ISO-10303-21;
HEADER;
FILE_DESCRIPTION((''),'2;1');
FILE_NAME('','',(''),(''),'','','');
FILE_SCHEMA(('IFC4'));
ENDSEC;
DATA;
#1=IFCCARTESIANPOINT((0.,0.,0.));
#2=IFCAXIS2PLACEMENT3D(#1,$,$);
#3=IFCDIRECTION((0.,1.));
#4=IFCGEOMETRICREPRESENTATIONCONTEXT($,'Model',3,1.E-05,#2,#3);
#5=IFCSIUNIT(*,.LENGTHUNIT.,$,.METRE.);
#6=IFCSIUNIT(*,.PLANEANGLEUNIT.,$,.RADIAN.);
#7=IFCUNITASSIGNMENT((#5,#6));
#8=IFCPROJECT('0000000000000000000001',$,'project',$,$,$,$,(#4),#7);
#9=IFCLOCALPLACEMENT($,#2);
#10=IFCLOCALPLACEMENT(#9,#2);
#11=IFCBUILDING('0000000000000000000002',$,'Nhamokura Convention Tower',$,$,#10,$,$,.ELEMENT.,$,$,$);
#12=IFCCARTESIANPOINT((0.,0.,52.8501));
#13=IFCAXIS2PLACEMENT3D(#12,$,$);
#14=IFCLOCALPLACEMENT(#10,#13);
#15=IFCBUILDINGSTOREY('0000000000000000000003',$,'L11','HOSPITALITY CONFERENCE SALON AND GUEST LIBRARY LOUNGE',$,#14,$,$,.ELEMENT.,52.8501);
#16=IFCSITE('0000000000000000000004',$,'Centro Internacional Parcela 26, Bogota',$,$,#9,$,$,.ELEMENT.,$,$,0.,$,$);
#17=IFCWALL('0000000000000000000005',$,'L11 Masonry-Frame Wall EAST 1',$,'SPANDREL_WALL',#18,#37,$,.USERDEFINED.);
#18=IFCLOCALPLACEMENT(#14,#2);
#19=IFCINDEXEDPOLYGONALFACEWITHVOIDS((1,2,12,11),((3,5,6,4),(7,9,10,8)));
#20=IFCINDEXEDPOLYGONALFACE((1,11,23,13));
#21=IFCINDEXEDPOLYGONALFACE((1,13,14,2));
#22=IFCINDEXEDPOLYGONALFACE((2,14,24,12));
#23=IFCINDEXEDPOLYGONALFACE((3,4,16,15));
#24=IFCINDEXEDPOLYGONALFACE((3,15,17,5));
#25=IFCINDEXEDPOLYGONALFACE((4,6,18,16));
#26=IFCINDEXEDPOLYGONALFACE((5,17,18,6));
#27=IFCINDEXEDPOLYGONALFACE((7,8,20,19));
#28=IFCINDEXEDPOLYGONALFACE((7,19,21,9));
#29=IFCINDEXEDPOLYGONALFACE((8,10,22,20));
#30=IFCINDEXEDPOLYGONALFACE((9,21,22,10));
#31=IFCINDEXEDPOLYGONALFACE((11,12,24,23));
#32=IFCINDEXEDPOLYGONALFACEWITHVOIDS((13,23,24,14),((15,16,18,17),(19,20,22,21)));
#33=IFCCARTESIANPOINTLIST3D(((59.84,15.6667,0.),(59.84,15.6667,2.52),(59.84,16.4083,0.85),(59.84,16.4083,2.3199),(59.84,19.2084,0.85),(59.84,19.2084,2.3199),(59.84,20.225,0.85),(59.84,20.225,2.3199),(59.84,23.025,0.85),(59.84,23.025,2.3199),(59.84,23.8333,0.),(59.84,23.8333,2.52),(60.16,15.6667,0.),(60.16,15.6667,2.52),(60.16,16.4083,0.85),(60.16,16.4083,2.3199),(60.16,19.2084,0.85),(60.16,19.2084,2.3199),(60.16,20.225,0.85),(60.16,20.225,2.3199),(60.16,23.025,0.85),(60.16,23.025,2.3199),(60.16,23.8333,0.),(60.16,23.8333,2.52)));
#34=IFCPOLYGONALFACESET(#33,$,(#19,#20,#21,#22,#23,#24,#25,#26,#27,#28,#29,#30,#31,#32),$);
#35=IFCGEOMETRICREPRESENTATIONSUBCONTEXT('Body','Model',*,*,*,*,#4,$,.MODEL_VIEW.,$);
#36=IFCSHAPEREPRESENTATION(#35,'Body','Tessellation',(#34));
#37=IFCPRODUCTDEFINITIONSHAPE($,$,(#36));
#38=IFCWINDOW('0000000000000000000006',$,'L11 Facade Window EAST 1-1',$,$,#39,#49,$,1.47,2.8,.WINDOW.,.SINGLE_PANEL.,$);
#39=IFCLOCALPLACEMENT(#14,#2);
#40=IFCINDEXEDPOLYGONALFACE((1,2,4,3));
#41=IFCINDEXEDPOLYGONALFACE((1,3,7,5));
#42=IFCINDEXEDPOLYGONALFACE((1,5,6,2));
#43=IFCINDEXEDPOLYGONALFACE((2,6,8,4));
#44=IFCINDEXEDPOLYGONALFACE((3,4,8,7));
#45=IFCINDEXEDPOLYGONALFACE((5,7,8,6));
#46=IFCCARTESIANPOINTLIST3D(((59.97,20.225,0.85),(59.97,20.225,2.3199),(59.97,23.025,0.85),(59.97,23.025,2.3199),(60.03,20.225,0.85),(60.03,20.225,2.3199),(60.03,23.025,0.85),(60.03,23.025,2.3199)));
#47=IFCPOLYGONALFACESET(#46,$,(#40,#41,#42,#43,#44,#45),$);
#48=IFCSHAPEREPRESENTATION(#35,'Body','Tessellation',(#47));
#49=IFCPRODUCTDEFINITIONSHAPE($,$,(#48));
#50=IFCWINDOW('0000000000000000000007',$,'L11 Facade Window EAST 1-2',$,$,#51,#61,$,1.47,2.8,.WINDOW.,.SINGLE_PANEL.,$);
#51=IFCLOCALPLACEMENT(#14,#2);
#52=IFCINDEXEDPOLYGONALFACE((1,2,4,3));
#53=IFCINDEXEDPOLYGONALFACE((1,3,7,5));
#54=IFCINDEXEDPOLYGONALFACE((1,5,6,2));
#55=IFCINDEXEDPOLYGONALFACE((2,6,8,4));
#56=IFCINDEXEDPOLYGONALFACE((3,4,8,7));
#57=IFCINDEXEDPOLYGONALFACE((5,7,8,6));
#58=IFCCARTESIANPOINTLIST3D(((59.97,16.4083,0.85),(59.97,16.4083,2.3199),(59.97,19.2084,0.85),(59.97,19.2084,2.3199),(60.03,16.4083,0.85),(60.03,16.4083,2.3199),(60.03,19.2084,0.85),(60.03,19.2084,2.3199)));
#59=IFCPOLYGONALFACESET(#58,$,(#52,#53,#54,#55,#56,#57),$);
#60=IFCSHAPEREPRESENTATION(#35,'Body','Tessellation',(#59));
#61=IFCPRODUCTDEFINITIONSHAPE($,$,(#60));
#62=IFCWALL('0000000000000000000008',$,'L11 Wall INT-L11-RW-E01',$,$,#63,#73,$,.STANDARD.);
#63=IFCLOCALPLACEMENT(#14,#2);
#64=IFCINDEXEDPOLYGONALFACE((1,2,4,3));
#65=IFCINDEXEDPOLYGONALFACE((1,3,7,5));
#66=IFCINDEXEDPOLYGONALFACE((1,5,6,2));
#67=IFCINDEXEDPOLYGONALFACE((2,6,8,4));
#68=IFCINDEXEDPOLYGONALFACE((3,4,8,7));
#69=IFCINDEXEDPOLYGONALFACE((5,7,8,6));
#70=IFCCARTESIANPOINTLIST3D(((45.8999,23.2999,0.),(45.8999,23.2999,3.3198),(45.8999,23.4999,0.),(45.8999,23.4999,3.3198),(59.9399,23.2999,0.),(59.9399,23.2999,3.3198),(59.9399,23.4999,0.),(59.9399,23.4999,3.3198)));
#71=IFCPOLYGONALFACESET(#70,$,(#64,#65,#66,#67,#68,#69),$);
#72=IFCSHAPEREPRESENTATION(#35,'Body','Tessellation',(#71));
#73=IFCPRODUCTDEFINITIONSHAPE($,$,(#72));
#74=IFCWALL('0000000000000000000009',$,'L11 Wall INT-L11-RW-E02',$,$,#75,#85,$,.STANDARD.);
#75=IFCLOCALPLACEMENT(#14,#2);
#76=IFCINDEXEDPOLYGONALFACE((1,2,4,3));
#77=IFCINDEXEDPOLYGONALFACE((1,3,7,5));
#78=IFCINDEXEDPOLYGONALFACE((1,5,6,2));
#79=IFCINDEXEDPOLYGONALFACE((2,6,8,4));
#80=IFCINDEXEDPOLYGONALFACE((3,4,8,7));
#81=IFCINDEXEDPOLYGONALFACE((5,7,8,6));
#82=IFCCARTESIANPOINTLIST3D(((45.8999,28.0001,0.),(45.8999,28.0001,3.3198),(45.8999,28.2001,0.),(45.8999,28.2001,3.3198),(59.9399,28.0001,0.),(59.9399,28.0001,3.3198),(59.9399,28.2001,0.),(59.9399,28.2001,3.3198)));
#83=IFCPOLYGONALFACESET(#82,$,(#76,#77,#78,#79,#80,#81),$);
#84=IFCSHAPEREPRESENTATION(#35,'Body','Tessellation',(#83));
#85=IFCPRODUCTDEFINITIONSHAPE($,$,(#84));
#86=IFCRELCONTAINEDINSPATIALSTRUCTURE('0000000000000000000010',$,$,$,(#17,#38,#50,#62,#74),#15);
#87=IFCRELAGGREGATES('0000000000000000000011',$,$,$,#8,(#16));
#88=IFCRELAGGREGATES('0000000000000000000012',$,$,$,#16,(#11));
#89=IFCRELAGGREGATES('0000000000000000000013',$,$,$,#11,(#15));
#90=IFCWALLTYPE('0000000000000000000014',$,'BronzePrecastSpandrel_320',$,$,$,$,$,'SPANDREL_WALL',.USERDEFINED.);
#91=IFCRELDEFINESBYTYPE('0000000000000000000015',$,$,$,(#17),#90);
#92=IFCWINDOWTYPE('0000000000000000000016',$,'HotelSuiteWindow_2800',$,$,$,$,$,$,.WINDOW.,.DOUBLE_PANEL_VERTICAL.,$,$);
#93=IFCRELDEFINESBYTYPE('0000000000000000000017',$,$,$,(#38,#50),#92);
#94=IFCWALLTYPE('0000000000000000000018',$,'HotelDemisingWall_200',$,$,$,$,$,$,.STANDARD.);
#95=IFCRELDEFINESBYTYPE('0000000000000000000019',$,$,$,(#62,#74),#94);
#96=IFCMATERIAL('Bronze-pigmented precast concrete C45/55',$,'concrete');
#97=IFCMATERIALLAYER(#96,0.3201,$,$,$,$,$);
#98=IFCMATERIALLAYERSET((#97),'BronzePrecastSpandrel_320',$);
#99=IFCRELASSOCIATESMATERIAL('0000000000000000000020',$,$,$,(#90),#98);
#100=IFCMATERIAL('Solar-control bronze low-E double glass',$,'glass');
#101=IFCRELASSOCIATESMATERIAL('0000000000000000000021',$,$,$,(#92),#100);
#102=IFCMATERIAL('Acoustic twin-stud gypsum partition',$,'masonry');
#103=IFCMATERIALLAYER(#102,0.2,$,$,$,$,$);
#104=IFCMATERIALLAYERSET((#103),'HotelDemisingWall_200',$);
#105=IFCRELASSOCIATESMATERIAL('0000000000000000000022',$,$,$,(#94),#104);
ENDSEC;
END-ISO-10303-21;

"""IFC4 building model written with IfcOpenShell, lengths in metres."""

from ifc_helpers import new_model, si_unit, direction, frame, frame_2d, origin, place, context, subcontext, project, spatial, rectangle, extrude, material, layer, layer_set, type_object, element, fill, save


model = new_model("IFC4")

# Units and contexts
model_context = context("Model", 3, precision=1e-05, world=origin(), true_north=direction((0.0, 1.0)))
body_context = subcontext(model_context, "Body", "Model", "MODEL_VIEW")
ifc_project = project(units=[si_unit("LENGTHUNIT", "METRE"), si_unit("PLANEANGLEUNIT", "RADIAN")], contexts=[model_context])

# Site, building, storey
site_placement = place(None, origin())
site = spatial("IfcSite", under=ifc_project, at=site_placement, Name="Centro Internacional Parcela 26, Bogota", CompositionType="ELEMENT", RefElevation=0.0)
building_placement = place(site_placement, origin())
building = spatial("IfcBuilding", under=site, at=building_placement, Name="Nhamokura Convention Tower", CompositionType="ELEMENT")
storey_placement = place(building_placement, frame((0.0, 0.0, 52.8501)))
storey = spatial("IfcBuildingStorey", under=building, at=storey_placement, Name="L11", Description="HOSPITALITY CONFERENCE SALON AND GUEST LIBRARY LOUNGE", CompositionType="ELEMENT", Elevation=52.8501)

# Shared definitions
ifc_material_1 = material(Name="Bronze-pigmented precast concrete C45/55", Category="concrete")
ifc_layer_1 = layer(ifc_material_1, 0.3201)
ifc_layer_set_1 = layer_set([ifc_layer_1], Name="BronzePrecastSpandrel_320")
wall_type_1 = type_object("IfcWallType", Name="BronzePrecastSpandrel_320", ElementType="SPANDREL_WALL", PredefinedType="USERDEFINED", material=ifc_layer_set_1)

# Wall, openings, windows
wall_1_placement = place(storey_placement, frame((60.0, 23.8333, 0.0), z_axis=(0.0, 0.0, 1.0), x_axis=(0.0, -1.0, 0.0)))
wall_1 = element("IfcWall", 1, at=wall_1_placement, inside=storey, type_object=wall_type_1, Name="L11 Masonry-Frame Wall EAST 1", ObjectType="SPANDREL_WALL", PredefinedType="USERDEFINED", context=body_context, shape_type="SweptSolid", body=[
    extrude(rectangle(XDim=8.1665, YDim=0.3201, at=frame_2d((4.0833, 0.0))), origin(), (0.0, 0.0, 1.0), 2.52),
])
opening_1_placement = place(wall_1_placement, frame((0.8083, 0.0, 0.8501)))
opening_1 = element("IfcOpeningElement", 2, at=opening_1_placement, cuts=wall_1, PredefinedType="OPENING", context=body_context, shape_type="SweptSolid", body=[
    extrude(rectangle(XDim=2.8, YDim=1.47, at=frame_2d((1.3999, 0.7349))), frame((0.0, 0.1699, 0.0), z_axis=(0.0, -1.0, 0.0), x_axis=(1.0, 0.0, 0.0)), (0.0, 0.0, 1.0), 0.3401),
])
opening_2_placement = place(wall_1_placement, frame((4.625, 0.0, 0.8501)))
opening_2 = element("IfcOpeningElement", 3, at=opening_2_placement, cuts=wall_1, PredefinedType="OPENING", context=body_context, shape_type="SweptSolid", body=[
    extrude(rectangle(XDim=2.8, YDim=1.47, at=frame_2d((1.3999, 0.7349))), frame((0.0, 0.1699, 0.0), z_axis=(0.0, -1.0, 0.0), x_axis=(1.0, 0.0, 0.0)), (0.0, 0.0, 1.0), 0.3401),
])
ifc_material_2 = material(Name="Solar-control bronze low-E double glass", Category="glass")
window_type = type_object("IfcWindowType", Name="HotelSuiteWindow_2800", PartitioningType="DOUBLE_PANEL_VERTICAL", PredefinedType="WINDOW", material=ifc_material_2)
window_1_placement = place(opening_1_placement, origin())
window_1 = element("IfcWindow", 4, at=window_1_placement, inside=storey, type_object=window_type, Name="L11 Facade Window EAST 1-1", OverallHeight=1.47, OverallWidth=2.8, PartitioningType="SINGLE_PANEL", PredefinedType="WINDOW", context=body_context, shape_type="SweptSolid", body=[
    extrude(rectangle(XDim=2.8, YDim=1.47, at=frame_2d((1.3999, 0.7349))), frame((0.0, 0.03, 0.0), z_axis=(0.0, -1.0, 0.0), x_axis=(1.0, 0.0, 0.0)), (0.0, 0.0, 1.0), 0.0601),
])
fill(opening_1, window_1)
window_2_placement = place(opening_2_placement, origin())
window_2 = element("IfcWindow", 5, at=window_2_placement, inside=storey, type_object=window_type, Name="L11 Facade Window EAST 1-2", OverallHeight=1.47, OverallWidth=2.8, PartitioningType="SINGLE_PANEL", PredefinedType="WINDOW", context=body_context, shape_type="SweptSolid", body=[
    extrude(rectangle(XDim=2.8, YDim=1.47, at=frame_2d((1.3999, 0.7349))), frame((0.0, 0.03, 0.0), z_axis=(0.0, -1.0, 0.0), x_axis=(1.0, 0.0, 0.0)), (0.0, 0.0, 1.0), 0.0601),
])
fill(opening_2, window_2)

# Walls
ifc_material_3 = material(Name="Acoustic twin-stud gypsum partition", Category="masonry")
ifc_layer_2 = layer(ifc_material_3, 0.2)
ifc_layer_set_2 = layer_set([ifc_layer_2], Name="HotelDemisingWall_200")
wall_type_2 = type_object("IfcWallType", Name="HotelDemisingWall_200", PredefinedType="STANDARD", material=ifc_layer_set_2)
for number, where, z_axis, x_axis, name in (
    (6, (45.8999, 23.3999, 0.0), (0.0, 0.0, 1.0), (1.0, 0.0, 0.0), "L11 Wall INT-L11-RW-E01"),
    (7, (45.8999, 28.1001, 0.0), (0.0, 0.0, 1.0), (1.0, 0.0, 0.0), "L11 Wall INT-L11-RW-E02"),
):
    element("IfcWall", number, at=place(storey_placement, frame(where, z_axis=z_axis, x_axis=x_axis)), inside=storey, type_object=wall_type_2, Name=name, PredefinedType="STANDARD", context=body_context, shape_type="SweptSolid", body=[
        extrude(rectangle(XDim=14.04, YDim=0.2, at=frame_2d((7.02, 0.0))), origin(), (0.0, 0.0, 1.0), 3.3198),
    ])

save(model, "model.ifc")
